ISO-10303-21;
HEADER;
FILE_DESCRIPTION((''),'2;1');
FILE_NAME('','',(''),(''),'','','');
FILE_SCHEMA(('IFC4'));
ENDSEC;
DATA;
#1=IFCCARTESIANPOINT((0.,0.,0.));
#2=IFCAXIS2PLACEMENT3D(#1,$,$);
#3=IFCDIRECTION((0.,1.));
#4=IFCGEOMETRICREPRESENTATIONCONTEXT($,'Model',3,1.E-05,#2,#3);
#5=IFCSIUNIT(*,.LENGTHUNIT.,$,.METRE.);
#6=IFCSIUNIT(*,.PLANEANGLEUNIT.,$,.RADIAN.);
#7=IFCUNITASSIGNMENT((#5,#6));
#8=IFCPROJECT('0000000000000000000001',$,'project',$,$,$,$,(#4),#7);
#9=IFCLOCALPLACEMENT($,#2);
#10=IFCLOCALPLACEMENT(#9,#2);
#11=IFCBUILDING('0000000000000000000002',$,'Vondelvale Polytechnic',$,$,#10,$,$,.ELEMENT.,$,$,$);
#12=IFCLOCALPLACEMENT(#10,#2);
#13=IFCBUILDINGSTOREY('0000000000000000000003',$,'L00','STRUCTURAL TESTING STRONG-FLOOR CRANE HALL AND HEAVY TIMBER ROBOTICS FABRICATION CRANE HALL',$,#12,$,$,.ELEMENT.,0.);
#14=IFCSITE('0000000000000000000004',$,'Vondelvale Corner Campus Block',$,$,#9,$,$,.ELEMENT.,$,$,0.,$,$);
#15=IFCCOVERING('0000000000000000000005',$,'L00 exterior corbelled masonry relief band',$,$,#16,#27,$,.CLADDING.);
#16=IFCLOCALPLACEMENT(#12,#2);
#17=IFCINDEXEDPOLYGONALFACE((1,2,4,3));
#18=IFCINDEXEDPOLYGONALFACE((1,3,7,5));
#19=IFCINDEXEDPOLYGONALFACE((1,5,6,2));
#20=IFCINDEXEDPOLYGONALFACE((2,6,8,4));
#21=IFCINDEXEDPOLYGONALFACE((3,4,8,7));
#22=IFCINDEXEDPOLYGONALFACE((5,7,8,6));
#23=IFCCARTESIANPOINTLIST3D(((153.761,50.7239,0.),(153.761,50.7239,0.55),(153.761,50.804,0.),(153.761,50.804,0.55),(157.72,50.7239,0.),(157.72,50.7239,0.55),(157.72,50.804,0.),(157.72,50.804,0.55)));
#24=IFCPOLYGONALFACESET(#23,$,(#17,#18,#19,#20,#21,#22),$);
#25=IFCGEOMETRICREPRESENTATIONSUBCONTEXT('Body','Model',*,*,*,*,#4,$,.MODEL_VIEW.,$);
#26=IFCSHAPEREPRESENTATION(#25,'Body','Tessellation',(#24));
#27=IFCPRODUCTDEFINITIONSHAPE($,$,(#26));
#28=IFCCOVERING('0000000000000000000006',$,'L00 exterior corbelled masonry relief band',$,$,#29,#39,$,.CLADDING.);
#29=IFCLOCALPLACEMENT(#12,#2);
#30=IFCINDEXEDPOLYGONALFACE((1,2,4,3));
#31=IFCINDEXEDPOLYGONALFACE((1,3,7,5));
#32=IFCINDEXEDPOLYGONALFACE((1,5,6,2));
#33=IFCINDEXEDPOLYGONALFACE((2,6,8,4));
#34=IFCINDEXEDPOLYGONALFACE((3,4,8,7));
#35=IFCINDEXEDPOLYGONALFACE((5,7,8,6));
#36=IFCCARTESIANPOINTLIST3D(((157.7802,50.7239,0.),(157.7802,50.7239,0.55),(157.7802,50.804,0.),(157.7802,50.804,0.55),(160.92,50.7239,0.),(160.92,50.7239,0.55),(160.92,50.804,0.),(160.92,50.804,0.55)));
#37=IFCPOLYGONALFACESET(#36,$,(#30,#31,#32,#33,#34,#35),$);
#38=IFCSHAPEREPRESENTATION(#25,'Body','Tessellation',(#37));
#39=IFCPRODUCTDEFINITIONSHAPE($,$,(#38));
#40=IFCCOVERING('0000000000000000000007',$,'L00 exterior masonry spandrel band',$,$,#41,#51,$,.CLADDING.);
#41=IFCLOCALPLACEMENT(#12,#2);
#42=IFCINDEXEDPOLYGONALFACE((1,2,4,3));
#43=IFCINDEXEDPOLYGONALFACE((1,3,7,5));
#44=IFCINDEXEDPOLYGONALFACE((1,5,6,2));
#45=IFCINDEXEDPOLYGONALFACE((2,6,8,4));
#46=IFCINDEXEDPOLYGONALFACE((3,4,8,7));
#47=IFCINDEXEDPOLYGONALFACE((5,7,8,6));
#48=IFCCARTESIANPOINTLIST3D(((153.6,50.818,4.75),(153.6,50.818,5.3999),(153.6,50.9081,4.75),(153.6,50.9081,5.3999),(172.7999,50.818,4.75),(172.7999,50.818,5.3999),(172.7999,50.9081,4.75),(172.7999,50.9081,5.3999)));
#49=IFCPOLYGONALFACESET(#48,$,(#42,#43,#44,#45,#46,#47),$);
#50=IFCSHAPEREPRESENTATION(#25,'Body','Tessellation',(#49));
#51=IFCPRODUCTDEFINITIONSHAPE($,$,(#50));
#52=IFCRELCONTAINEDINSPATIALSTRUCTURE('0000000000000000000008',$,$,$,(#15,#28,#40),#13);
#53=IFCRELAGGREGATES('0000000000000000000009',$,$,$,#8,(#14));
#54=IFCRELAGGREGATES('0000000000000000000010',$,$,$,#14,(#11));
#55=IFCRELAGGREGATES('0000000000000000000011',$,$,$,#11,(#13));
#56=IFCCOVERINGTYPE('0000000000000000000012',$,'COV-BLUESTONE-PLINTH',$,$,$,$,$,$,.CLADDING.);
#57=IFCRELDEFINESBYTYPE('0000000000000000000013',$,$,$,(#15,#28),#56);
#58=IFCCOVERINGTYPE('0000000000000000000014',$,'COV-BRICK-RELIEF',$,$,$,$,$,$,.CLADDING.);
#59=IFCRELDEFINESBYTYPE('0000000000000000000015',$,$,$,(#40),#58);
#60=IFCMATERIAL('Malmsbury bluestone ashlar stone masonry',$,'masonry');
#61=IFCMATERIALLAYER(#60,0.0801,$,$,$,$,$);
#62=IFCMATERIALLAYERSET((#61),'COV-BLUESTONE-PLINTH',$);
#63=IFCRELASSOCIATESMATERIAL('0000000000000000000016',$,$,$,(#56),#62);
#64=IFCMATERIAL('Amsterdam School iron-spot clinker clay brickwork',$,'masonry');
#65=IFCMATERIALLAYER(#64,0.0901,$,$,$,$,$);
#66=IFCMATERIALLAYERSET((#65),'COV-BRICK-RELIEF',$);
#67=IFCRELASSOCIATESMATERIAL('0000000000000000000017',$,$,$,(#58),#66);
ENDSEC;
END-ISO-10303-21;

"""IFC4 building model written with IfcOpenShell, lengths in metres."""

from ifc_helpers import new_model, si_unit, direction, frame, origin, origin_2d, place, context, subcontext, project, spatial, rectangle, extrude, material, layer, layer_set, type_object, element, save


model = new_model("IFC4")

# Units and contexts
model_context = context("Model", 3, precision=1e-05, world=origin(), true_north=direction((0.0, 1.0)))
body_context = subcontext(model_context, "Body", "Model", "MODEL_VIEW")
ifc_project = project(units=[si_unit("LENGTHUNIT", "METRE"), si_unit("PLANEANGLEUNIT", "RADIAN")], contexts=[model_context])

# Site, building, storey
site_placement = place(None, origin())
site = spatial("IfcSite", under=ifc_project, at=site_placement, Name="Vondelvale Corner Campus Block", CompositionType="ELEMENT", RefElevation=0.0)
building_placement = place(site_placement, origin())
building = spatial("IfcBuilding", under=site, at=building_placement, Name="Vondelvale Polytechnic", CompositionType="ELEMENT")
storey_placement = place(building_placement, origin())
storey = spatial("IfcBuildingStorey", under=building, at=storey_placement, Name="L00", Description="STRUCTURAL TESTING STRONG-FLOOR CRANE HALL AND HEAVY TIMBER ROBOTICS FABRICATION CRANE HALL", CompositionType="ELEMENT", Elevation=0.0)

# Shared definitions
ifc_material_1 = material(Name="Malmsbury bluestone ashlar stone masonry", Category="masonry")

# Coverings
ifc_layer_1 = layer(ifc_material_1, 0.0801)
ifc_layer_set_1 = layer_set([ifc_layer_1], Name="COV-BLUESTONE-PLINTH")
covering_type_1 = type_object("IfcCoveringType", Name="COV-BLUESTONE-PLINTH", PredefinedType="CLADDING", material=ifc_layer_set_1)
covering_1_placement = place(storey_placement, frame((155.7405, 50.7639, 0.0), z_axis=(0.0, 0.0, 1.0), x_axis=(-1.0, 0.0, 0.0)))
element("IfcCovering", 1, at=covering_1_placement, inside=storey, type_object=covering_type_1, Name="L00 exterior corbelled masonry relief band", PredefinedType="CLADDING", context=body_context, shape_type="SweptSolid", body=[
    extrude(rectangle(XDim=3.959, YDim=0.0801, at=origin_2d()), origin(), (0.0, 0.0, 1.0), 0.55),
])
covering_2_placement = place(storey_placement, frame((159.3501, 50.7639, 0.0), z_axis=(0.0, 0.0, 1.0), x_axis=(-1.0, 0.0, 0.0)))
element("IfcCovering", 2, at=covering_2_placement, inside=storey, type_object=covering_type_1, Name="L00 exterior corbelled masonry relief band", PredefinedType="CLADDING", context=body_context, shape_type="SweptSolid", body=[
    extrude(rectangle(XDim=3.1399, YDim=0.0801, at=origin_2d()), origin(), (0.0, 0.0, 1.0), 0.55),
])
ifc_material_2 = material(Name="Amsterdam School iron-spot clinker clay brickwork", Category="masonry")
ifc_layer_2 = layer(ifc_material_2, 0.0901)
ifc_layer_set_2 = layer_set([ifc_layer_2], Name="COV-BRICK-RELIEF")
covering_type_2 = type_object("IfcCoveringType", Name="COV-BRICK-RELIEF", PredefinedType="CLADDING", material=ifc_layer_set_2)
covering_3_placement = place(storey_placement, frame((163.2, 50.863, 4.75), z_axis=(0.0, 0.0, 1.0), x_axis=(1.0, 0.0, 0.0)))
element("IfcCovering", 3, at=covering_3_placement, inside=storey, type_object=covering_type_2, Name="L00 exterior masonry spandrel band", PredefinedType="CLADDING", context=body_context, shape_type="SweptSolid", body=[
    extrude(rectangle(XDim=19.2, YDim=0.0901, at=origin_2d()), origin(), (0.0, 0.0, 1.0), 0.6499),
])

save(model, "model.ifc")
